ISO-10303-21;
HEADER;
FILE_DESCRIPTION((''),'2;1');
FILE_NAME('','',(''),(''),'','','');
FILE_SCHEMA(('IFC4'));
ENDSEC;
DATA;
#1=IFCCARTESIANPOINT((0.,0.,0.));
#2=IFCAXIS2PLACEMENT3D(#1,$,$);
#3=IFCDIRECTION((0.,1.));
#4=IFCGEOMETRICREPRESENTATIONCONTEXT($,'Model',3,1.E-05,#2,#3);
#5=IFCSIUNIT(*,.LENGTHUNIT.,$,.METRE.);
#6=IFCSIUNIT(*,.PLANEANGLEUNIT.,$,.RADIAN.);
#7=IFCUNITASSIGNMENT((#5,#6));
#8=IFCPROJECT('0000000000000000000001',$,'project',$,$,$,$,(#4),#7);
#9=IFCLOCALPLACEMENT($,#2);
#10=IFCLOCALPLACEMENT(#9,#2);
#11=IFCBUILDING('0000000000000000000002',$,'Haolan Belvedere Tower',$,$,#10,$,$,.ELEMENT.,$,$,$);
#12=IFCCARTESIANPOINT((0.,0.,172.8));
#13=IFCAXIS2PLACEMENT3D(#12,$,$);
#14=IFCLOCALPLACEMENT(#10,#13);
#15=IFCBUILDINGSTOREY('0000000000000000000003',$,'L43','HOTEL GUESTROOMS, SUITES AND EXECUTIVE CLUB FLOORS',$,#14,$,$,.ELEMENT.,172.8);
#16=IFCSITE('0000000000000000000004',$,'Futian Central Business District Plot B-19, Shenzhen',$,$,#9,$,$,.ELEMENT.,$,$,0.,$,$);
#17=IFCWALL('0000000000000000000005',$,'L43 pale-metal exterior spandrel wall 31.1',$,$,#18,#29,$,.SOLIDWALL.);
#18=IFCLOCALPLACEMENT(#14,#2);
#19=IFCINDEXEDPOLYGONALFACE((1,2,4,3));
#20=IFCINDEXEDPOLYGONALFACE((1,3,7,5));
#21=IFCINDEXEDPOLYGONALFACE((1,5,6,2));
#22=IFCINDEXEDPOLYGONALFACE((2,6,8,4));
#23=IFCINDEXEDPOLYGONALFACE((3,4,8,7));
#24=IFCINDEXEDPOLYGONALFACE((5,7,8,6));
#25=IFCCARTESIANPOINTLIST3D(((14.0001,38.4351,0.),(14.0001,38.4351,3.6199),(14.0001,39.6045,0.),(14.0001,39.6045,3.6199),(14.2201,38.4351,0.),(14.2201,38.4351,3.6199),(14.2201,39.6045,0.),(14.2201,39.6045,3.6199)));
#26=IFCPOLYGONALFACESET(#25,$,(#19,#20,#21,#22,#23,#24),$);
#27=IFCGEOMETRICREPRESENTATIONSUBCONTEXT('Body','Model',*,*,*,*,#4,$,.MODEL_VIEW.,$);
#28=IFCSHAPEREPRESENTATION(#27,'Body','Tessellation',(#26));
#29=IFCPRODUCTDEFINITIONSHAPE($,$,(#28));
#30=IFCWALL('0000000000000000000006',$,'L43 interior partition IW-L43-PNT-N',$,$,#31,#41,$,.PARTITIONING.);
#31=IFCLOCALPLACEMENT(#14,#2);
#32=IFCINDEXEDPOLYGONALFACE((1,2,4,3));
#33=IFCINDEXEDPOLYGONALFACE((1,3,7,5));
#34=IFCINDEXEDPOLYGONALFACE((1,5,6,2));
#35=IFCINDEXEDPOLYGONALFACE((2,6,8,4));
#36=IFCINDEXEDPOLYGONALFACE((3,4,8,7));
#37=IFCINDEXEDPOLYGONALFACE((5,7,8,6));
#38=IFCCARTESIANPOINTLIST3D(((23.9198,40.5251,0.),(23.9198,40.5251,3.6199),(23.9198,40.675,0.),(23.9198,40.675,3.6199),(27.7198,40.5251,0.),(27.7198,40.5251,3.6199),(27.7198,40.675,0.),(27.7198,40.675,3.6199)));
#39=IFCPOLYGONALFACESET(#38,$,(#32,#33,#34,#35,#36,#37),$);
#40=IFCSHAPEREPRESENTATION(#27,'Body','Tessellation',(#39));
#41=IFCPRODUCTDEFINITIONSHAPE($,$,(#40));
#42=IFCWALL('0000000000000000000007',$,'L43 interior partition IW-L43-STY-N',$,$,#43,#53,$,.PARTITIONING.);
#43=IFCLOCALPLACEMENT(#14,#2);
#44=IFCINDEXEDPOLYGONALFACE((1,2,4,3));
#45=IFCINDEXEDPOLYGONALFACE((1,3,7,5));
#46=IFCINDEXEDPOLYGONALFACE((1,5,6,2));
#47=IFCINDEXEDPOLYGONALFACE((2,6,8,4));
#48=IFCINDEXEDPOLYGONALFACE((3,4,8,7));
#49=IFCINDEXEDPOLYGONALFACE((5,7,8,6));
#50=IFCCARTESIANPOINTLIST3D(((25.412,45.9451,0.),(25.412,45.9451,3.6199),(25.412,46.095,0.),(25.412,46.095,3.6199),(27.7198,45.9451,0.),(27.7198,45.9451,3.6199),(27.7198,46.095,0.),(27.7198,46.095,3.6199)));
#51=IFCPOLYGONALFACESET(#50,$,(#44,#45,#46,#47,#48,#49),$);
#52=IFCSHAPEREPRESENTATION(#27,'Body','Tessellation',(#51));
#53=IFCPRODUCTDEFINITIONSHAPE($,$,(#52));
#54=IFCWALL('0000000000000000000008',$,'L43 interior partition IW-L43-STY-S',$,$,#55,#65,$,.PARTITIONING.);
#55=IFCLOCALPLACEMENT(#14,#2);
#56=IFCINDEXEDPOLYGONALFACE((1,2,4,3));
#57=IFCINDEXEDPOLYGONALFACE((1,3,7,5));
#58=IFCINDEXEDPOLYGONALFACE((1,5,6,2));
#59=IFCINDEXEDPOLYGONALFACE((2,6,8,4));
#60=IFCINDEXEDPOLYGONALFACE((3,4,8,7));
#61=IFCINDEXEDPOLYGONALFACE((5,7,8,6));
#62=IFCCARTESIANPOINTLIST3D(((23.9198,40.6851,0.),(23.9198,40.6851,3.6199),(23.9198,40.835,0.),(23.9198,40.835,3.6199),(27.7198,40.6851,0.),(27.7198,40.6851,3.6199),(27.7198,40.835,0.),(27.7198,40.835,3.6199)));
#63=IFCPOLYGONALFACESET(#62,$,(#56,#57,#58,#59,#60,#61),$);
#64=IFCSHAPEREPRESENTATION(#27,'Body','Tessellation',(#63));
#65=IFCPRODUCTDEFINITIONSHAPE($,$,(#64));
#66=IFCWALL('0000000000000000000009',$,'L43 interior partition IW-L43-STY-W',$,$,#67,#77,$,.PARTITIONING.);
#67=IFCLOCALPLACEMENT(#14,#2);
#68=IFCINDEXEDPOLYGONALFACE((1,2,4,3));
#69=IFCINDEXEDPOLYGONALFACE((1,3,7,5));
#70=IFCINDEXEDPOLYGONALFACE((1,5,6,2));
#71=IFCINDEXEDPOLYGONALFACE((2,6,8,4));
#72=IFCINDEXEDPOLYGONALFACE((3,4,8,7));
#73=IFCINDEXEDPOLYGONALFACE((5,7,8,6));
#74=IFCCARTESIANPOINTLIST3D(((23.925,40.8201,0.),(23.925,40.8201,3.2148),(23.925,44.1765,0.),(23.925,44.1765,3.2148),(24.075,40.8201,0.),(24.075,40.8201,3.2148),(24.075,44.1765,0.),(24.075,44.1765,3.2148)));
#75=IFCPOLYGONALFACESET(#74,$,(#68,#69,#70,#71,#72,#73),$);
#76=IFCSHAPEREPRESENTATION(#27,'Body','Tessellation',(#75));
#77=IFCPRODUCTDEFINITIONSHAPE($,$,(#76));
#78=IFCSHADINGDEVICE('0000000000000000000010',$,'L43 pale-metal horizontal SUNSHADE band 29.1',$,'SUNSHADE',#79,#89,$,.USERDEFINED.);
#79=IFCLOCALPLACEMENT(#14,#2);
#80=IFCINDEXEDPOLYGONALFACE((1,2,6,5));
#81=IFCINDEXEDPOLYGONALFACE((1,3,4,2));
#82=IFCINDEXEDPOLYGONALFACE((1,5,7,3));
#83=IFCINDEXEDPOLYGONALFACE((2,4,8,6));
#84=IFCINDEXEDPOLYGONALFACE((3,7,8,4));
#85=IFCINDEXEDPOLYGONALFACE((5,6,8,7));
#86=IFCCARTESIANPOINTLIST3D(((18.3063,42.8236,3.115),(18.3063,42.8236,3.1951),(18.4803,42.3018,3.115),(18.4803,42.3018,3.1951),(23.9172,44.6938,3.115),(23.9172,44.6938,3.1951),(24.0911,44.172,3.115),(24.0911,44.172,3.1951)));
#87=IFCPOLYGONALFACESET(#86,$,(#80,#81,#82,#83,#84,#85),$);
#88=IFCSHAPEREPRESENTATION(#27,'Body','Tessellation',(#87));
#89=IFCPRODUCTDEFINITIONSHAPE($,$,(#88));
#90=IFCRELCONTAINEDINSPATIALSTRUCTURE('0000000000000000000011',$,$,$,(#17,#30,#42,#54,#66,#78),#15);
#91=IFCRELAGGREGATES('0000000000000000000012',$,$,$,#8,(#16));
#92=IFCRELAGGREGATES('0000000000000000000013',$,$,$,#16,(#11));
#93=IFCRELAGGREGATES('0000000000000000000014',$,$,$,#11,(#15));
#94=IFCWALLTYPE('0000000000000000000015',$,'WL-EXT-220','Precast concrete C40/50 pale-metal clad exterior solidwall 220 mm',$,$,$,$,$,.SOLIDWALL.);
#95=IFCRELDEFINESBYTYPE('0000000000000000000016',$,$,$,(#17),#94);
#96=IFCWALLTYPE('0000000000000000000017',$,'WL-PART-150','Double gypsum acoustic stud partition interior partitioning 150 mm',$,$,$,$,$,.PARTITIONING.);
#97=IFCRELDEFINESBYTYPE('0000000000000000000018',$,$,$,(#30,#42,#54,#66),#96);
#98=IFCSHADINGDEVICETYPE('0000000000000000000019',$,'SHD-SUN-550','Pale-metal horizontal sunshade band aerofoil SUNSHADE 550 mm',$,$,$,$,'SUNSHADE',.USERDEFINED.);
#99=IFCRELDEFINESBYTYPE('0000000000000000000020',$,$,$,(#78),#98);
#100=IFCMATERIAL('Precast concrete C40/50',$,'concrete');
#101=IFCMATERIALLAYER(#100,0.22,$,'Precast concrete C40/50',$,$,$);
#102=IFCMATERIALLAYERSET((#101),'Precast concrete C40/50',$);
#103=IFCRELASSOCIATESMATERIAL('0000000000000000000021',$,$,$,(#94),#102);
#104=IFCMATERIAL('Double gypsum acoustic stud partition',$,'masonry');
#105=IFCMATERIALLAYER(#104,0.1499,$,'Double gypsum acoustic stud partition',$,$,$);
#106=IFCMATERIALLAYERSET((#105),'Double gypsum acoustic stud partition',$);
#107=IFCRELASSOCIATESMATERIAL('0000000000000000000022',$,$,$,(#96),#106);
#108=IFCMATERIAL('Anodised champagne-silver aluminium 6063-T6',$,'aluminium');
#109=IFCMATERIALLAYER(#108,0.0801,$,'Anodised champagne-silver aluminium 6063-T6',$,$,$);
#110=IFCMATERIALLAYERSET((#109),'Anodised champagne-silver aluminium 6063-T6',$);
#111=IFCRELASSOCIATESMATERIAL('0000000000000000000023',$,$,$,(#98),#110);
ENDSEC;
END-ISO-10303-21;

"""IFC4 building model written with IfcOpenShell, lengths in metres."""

from ifc_helpers import new_model, si_unit, direction, frame, frame_2d, origin, origin_2d, place, context, subcontext, project, spatial, rectangle, extrude, material, layer, layer_set, type_object, element, save


model = new_model("IFC4")

# Units and contexts
model_context = context("Model", 3, precision=1e-05, world=origin(), true_north=direction((0.0, 1.0)))
body_context = subcontext(model_context, "Body", "Model", "MODEL_VIEW")
ifc_project = project(units=[si_unit("LENGTHUNIT", "METRE"), si_unit("PLANEANGLEUNIT", "RADIAN")], contexts=[model_context])

# Site, building, storey
site_placement = place(None, origin())
site = spatial("IfcSite", under=ifc_project, at=site_placement, Name="Futian Central Business District Plot B-19, Shenzhen", CompositionType="ELEMENT", RefElevation=0.0)
building_placement = place(site_placement, origin())
building = spatial("IfcBuilding", under=site, at=building_placement, Name="Haolan Belvedere Tower", CompositionType="ELEMENT")
storey_placement = place(building_placement, frame((0.0, 0.0, 172.8)))
storey = spatial("IfcBuildingStorey", under=building, at=storey_placement, Name="L43", Description="HOTEL GUESTROOMS, SUITES AND EXECUTIVE CLUB FLOORS", CompositionType="ELEMENT", Elevation=172.8)

# Shared definitions
ifc_material_1 = material(Name="Precast concrete C40/50", Category="concrete")
ifc_layer_1 = layer(ifc_material_1, 0.22, Name="Precast concrete C40/50")
ifc_layer_set_1 = layer_set([ifc_layer_1], Name="Precast concrete C40/50")
wall_type_1 = type_object("IfcWallType", Name="WL-EXT-220", Description="Precast concrete C40/50 pale-metal clad exterior solidwall 220 mm", PredefinedType="SOLIDWALL", material=ifc_layer_set_1)

# Walls
wall_1_placement = place(storey_placement, frame((14.1101, 39.6045, 0.0), z_axis=(0.0, 0.0, 1.0), x_axis=(0.0, -1.0, 0.0)))
element("IfcWall", 1, at=wall_1_placement, inside=storey, type_object=wall_type_1, Name="L43 pale-metal exterior spandrel wall 31.1", PredefinedType="SOLIDWALL", context=body_context, shape_type="SweptSolid", body=[
    extrude(rectangle(XDim=1.1694, YDim=0.22, at=frame_2d((0.5847, 0.0))), origin(), (0.0, 0.0, 1.0), 3.6199),
])
ifc_material_2 = material(Name="Double gypsum acoustic stud partition", Category="masonry")
ifc_layer_2 = layer(ifc_material_2, 0.1499, Name="Double gypsum acoustic stud partition")
ifc_layer_set_2 = layer_set([ifc_layer_2], Name="Double gypsum acoustic stud partition")
wall_type_2 = type_object("IfcWallType", Name="WL-PART-150", Description="Double gypsum acoustic stud partition interior partitioning 150 mm", PredefinedType="PARTITIONING", material=ifc_layer_set_2)
wall_2_placement = place(storey_placement, frame((23.9199, 40.6001, 0.0), z_axis=(0.0, 0.0, 1.0), x_axis=(1.0, 0.0, 0.0)))
element("IfcWall", 2, at=wall_2_placement, inside=storey, type_object=wall_type_2, Name="L43 interior partition IW-L43-PNT-N", PredefinedType="PARTITIONING", context=body_context, shape_type="SweptSolid", body=[
    extrude(rectangle(XDim=3.8, YDim=0.1499, at=frame_2d((1.8999, 0.0))), origin(), (0.0, 0.0, 1.0), 3.6199),
])
wall_3_placement = place(storey_placement, frame((25.4121, 46.02, 0.0), z_axis=(0.0, 0.0, 1.0), x_axis=(1.0, 0.0, 0.0)))
element("IfcWall", 3, at=wall_3_placement, inside=storey, type_object=wall_type_2, Name="L43 interior partition IW-L43-STY-N", PredefinedType="PARTITIONING", context=body_context, shape_type="SweptSolid", body=[
    extrude(rectangle(XDim=2.3079, YDim=0.1499, at=frame_2d((1.1538, 0.0))), origin(), (0.0, 0.0, 1.0), 3.6199),
])
wall_4_placement = place(storey_placement, frame((23.9199, 40.76, 0.0), z_axis=(0.0, 0.0, 1.0), x_axis=(1.0, 0.0, 0.0)))
element("IfcWall", 4, at=wall_4_placement, inside=storey, type_object=wall_type_2, Name="L43 interior partition IW-L43-STY-S", PredefinedType="PARTITIONING", context=body_context, shape_type="SweptSolid", body=[
    extrude(rectangle(XDim=3.8, YDim=0.1499, at=frame_2d((1.8999, 0.0))), origin(), (0.0, 0.0, 1.0), 3.6199),
])
wall_5_placement = place(storey_placement, frame((24.0, 40.8201, 0.0), z_axis=(0.0, 0.0, 1.0), x_axis=(0.0, 1.0, 0.0)))
element("IfcWall", 5, at=wall_5_placement, inside=storey, type_object=wall_type_2, Name="L43 interior partition IW-L43-STY-W", PredefinedType="PARTITIONING", context=body_context, shape_type="SweptSolid", body=[
    extrude(rectangle(XDim=3.3564, YDim=0.1499, at=frame_2d((1.6782, 0.0))), origin(), (0.0, 0.0, 1.0), 3.2148),
])

# Shading device
ifc_material_3 = material(Name="Anodised champagne-silver aluminium 6063-T6", Category="aluminium")
ifc_layer_3 = layer(ifc_material_3, 0.0801, Name="Anodised champagne-silver aluminium 6063-T6")
ifc_layer_set_3 = layer_set([ifc_layer_3], Name="Anodised champagne-silver aluminium 6063-T6")
shading_device_type = type_object("IfcShadingDeviceType", Name="SHD-SUN-550", Description="Pale-metal horizontal sunshade band aerofoil SUNSHADE 550 mm", ElementType="SUNSHADE", PredefinedType="USERDEFINED", material=ifc_layer_set_3)
shading_device_placement = place(storey_placement, frame((21.1987, 43.4978, 3.115), z_axis=(0.0, 0.0, 1.0), x_axis=(-0.948689, -0.316212, 0.0)))
element("IfcShadingDevice", 6, at=shading_device_placement, inside=storey, type_object=shading_device_type, Name="L43 pale-metal horizontal SUNSHADE band 29.1", ObjectType="SUNSHADE", PredefinedType="USERDEFINED", context=body_context, shape_type="SweptSolid", body=[
    extrude(rectangle(XDim=5.9143, YDim=0.55, at=origin_2d()), origin(), (0.0, 0.0, 1.0), 0.0801),
])

save(model, "model.ifc")
